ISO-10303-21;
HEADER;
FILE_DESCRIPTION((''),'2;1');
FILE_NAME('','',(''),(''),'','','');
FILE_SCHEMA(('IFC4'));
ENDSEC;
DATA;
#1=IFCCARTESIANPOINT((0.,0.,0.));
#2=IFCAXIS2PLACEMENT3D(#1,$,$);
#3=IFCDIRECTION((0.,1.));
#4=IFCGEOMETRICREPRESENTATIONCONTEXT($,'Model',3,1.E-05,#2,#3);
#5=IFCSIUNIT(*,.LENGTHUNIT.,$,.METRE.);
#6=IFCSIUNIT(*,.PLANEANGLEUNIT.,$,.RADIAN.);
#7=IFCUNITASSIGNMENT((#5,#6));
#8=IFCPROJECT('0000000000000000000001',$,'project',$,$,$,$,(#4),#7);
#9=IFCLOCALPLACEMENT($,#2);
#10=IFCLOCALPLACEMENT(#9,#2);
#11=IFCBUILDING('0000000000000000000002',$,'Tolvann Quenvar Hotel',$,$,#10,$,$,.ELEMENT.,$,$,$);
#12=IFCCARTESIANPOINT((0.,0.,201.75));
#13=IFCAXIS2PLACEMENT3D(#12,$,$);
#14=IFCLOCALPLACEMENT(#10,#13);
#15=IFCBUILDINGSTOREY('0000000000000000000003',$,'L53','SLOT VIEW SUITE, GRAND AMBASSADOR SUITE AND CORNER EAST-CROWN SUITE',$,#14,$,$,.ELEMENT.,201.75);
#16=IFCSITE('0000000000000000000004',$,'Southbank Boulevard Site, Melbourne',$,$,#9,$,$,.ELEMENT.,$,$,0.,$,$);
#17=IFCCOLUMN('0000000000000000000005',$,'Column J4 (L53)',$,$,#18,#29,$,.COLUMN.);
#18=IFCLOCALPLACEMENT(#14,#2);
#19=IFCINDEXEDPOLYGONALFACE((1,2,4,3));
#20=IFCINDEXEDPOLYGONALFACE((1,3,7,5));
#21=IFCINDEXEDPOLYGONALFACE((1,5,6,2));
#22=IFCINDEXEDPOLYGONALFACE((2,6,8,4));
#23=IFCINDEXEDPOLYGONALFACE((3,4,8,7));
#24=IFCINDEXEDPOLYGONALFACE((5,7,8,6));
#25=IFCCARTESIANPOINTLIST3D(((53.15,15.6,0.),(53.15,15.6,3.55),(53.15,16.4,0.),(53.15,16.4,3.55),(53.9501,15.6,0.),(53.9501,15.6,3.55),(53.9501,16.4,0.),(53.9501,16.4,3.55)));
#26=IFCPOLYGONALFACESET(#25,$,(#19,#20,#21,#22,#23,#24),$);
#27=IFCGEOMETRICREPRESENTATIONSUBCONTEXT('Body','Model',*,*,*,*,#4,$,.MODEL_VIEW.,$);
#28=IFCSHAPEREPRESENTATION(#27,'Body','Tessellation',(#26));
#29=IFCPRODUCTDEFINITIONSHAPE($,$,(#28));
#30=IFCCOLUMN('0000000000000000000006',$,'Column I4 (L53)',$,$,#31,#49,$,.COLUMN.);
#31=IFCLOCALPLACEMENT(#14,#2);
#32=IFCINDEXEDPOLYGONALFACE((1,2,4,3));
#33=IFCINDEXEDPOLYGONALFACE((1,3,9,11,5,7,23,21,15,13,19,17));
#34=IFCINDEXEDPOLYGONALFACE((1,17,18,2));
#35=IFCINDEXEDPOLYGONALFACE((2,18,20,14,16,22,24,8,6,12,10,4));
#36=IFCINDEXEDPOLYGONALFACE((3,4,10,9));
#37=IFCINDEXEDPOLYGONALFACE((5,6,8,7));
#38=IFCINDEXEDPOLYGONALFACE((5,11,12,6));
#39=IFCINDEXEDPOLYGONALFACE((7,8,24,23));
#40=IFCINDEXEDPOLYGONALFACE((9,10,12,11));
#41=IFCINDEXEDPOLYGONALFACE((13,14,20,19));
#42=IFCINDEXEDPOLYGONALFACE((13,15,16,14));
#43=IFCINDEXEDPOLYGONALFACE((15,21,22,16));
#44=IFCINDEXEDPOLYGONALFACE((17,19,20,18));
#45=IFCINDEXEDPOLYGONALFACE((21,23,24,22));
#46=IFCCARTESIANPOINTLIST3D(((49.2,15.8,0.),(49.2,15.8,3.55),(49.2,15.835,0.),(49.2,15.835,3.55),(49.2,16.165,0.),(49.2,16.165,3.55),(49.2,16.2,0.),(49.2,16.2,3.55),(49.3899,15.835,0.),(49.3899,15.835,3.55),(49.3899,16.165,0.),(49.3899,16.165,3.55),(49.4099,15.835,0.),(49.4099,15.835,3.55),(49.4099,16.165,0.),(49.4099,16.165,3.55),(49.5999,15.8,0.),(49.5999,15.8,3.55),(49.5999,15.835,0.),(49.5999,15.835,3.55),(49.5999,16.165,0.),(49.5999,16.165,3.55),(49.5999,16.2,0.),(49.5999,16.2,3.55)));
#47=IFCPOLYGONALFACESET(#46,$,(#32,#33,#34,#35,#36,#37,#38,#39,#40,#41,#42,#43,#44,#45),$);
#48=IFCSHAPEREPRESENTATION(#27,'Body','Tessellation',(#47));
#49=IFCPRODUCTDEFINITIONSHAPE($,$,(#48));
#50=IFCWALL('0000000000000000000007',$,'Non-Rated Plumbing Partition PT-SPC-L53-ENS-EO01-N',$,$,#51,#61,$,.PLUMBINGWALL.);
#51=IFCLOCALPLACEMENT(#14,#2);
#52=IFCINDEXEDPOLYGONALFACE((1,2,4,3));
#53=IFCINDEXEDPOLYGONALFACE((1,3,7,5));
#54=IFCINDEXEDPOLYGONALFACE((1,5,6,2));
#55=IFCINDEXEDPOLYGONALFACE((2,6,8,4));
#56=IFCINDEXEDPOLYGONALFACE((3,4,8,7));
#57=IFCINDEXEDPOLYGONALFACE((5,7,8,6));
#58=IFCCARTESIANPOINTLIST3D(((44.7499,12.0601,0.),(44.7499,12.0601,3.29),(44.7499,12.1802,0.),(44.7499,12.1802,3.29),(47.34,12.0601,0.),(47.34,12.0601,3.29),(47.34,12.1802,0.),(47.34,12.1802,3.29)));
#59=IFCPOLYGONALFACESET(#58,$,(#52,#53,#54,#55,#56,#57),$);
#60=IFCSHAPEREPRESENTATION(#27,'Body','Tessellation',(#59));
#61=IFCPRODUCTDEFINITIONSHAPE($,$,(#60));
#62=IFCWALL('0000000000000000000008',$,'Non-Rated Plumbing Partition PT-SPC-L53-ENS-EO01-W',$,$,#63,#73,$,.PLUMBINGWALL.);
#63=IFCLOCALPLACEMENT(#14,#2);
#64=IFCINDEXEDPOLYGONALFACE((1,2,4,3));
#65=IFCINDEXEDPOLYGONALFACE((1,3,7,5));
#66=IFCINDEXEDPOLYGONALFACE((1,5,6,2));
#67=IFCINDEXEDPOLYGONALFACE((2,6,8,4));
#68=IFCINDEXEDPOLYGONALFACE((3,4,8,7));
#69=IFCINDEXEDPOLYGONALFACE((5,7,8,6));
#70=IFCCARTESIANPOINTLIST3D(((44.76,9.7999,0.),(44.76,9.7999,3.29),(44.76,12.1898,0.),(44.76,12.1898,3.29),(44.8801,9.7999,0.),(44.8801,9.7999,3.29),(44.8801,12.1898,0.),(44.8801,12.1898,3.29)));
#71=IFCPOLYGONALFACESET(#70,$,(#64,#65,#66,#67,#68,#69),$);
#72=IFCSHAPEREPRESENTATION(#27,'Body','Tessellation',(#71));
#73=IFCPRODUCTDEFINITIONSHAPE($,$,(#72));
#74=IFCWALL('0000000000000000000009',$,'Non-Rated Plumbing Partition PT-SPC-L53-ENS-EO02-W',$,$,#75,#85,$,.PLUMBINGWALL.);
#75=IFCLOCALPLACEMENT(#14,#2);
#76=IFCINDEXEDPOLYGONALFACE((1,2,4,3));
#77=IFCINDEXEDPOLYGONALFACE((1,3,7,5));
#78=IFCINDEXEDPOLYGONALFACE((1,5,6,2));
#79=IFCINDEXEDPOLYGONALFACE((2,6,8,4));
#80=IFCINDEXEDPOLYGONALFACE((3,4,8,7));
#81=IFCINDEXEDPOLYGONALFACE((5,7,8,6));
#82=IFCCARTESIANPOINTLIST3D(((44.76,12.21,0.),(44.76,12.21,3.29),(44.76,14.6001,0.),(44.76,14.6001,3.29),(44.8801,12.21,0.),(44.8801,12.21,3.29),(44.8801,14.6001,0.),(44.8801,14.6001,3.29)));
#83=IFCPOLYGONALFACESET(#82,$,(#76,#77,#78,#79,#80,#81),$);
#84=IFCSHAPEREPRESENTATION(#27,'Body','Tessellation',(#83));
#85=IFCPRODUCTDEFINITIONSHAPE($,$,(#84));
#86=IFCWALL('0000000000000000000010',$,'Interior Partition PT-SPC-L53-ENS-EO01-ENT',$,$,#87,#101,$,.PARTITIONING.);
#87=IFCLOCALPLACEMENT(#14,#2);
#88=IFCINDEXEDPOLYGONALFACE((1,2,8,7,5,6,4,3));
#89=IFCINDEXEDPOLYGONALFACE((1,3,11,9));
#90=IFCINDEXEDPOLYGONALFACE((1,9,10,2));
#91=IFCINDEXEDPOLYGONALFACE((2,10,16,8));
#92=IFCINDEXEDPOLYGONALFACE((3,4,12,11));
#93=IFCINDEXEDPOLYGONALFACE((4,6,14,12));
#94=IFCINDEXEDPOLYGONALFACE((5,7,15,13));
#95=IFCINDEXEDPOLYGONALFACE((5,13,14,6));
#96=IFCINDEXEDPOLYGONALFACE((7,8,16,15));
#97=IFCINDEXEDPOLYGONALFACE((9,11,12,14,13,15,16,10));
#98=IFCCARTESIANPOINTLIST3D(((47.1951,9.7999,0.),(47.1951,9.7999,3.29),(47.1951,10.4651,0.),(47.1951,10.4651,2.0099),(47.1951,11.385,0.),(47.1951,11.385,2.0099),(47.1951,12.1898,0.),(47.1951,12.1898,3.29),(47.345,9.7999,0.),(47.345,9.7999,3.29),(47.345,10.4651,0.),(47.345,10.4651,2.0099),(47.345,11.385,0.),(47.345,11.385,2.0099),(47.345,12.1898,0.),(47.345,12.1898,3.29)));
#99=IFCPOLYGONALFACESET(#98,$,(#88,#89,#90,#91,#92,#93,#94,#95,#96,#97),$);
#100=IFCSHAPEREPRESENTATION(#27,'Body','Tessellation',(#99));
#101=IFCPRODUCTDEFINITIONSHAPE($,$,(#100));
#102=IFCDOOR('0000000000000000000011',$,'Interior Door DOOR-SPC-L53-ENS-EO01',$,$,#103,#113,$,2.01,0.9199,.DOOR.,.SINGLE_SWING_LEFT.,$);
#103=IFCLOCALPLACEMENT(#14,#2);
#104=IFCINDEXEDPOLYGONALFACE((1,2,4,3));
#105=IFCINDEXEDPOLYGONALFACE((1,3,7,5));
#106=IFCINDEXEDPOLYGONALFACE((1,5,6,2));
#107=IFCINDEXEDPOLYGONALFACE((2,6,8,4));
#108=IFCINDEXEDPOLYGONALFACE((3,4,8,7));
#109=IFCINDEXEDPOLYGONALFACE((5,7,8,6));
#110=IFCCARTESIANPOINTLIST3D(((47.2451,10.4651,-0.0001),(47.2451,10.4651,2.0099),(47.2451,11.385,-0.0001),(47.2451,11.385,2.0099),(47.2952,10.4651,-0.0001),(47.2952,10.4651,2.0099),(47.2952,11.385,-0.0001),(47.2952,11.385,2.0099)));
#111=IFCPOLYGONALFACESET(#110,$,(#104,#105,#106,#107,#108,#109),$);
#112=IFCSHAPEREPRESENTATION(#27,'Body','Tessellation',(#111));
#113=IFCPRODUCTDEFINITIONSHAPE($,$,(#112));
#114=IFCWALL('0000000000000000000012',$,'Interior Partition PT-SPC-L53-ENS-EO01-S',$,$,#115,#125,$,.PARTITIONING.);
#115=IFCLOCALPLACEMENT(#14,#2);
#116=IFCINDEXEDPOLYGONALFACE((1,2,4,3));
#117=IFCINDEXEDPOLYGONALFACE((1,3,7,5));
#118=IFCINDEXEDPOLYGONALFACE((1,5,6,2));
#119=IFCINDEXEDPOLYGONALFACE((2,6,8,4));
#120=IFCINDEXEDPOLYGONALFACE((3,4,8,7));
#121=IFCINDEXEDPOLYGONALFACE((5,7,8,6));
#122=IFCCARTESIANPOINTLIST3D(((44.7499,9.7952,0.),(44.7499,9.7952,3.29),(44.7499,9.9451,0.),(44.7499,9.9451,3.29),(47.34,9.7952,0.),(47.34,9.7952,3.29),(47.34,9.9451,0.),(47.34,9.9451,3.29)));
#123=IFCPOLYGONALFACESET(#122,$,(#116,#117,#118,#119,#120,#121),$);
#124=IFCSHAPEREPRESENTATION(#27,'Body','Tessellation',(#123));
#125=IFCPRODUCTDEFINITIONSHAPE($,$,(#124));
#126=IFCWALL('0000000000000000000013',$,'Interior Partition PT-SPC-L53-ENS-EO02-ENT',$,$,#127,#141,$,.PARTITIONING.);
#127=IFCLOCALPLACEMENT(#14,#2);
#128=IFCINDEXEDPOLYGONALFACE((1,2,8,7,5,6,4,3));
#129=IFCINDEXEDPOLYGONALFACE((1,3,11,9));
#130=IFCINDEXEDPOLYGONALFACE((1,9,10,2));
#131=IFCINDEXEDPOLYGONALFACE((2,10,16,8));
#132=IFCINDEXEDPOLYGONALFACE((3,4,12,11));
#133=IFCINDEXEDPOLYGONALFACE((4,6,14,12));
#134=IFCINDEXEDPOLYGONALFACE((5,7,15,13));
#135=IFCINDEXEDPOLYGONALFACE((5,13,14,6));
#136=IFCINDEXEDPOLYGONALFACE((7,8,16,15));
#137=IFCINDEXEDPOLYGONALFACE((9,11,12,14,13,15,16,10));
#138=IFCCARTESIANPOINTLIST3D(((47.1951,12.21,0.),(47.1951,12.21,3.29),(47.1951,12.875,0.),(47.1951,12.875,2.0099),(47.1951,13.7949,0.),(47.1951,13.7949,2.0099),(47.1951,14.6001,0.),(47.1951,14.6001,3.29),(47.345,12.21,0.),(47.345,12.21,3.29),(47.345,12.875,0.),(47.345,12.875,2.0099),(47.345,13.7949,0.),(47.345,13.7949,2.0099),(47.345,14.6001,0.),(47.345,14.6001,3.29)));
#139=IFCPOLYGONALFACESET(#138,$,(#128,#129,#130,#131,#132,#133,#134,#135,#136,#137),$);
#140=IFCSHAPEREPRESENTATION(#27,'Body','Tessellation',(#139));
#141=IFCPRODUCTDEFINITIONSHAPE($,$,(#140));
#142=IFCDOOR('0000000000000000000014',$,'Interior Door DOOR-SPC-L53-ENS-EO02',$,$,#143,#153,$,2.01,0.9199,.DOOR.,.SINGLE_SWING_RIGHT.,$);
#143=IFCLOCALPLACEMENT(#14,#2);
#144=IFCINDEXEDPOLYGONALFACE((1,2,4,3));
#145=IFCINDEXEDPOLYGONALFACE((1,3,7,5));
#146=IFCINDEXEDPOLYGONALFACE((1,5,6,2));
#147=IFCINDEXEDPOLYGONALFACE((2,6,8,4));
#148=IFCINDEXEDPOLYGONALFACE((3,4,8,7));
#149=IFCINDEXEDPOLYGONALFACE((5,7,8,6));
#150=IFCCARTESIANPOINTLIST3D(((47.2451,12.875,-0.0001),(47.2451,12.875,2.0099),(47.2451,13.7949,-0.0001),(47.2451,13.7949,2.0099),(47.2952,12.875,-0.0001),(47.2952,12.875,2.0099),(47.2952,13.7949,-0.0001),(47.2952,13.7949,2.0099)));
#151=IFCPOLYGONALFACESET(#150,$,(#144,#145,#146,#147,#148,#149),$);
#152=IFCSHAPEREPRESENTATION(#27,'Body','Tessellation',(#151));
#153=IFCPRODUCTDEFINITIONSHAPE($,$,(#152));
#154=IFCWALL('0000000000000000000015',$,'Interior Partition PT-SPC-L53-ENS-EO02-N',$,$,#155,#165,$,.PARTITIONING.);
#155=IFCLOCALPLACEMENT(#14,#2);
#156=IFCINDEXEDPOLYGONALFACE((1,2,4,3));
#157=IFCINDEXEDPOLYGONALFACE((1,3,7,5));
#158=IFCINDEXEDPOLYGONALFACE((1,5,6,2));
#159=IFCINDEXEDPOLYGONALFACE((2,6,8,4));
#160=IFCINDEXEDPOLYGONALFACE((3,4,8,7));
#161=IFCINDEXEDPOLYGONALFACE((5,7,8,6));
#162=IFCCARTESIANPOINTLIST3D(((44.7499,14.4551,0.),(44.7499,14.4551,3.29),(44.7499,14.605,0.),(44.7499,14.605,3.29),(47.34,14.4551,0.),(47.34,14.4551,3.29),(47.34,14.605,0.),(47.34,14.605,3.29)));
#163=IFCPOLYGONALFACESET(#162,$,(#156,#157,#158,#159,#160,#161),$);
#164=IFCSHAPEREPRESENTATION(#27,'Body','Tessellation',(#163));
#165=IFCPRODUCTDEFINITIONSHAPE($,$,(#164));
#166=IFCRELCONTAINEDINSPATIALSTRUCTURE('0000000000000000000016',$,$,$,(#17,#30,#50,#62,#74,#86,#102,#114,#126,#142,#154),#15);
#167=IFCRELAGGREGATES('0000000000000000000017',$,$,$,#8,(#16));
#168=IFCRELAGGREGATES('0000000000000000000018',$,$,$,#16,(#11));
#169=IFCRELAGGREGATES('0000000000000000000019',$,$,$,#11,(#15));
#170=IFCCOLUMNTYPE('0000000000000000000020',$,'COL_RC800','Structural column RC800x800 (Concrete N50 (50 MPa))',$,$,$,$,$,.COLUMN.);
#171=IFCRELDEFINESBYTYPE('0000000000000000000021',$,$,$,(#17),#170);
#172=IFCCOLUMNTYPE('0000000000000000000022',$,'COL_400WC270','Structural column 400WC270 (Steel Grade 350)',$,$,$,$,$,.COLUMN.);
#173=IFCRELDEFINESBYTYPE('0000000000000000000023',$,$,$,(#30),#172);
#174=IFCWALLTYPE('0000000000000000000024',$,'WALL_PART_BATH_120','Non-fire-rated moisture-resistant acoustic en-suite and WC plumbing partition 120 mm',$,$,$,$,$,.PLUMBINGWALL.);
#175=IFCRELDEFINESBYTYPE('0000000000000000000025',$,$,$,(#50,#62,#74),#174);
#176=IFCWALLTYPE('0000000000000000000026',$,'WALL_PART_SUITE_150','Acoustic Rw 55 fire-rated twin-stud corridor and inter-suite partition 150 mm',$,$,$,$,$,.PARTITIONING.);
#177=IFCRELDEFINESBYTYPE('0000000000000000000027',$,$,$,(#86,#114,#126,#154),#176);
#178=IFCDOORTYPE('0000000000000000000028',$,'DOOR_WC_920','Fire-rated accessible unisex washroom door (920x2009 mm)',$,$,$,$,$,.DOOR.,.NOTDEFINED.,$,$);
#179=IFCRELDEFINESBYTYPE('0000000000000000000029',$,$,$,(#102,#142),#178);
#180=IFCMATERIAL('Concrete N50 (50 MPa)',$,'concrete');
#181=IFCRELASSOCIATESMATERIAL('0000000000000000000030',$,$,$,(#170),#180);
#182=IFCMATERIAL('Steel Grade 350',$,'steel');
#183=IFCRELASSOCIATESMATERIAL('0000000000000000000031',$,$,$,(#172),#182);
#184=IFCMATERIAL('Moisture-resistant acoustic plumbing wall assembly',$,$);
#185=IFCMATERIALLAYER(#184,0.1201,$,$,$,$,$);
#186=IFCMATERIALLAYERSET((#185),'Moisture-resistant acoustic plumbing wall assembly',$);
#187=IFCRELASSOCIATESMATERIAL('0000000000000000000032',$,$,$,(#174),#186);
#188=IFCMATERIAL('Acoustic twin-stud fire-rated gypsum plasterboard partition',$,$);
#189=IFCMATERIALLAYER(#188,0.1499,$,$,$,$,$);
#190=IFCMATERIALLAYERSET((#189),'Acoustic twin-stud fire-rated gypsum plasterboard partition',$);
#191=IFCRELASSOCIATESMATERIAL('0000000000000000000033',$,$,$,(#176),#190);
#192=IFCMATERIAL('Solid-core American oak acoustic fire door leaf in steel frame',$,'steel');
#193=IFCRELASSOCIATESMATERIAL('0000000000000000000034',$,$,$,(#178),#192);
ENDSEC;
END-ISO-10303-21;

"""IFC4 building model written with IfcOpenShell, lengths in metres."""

from ifc_helpers import new_model, si_unit, direction, frame, frame_2d, origin, origin_2d, place, context, subcontext, project, spatial, rectangle, i_section, extrude, source, transform, mapped, material, layer, layer_set, material_profile, profile_set, type_object, type_shapes, element, fill, save


model = new_model("IFC4")

# Units and contexts
model_context = context("Model", 3, precision=1e-05, world=origin(), true_north=direction((0.0, 1.0)))
body_context = subcontext(model_context, "Body", "Model", "MODEL_VIEW")
ifc_project = project(units=[si_unit("LENGTHUNIT", "METRE"), si_unit("PLANEANGLEUNIT", "RADIAN")], contexts=[model_context])

# Site, building, storey
site_placement = place(None, origin())
site = spatial("IfcSite", under=ifc_project, at=site_placement, Name="Southbank Boulevard Site, Melbourne", CompositionType="ELEMENT", RefElevation=0.0)
building_placement = place(site_placement, origin())
building = spatial("IfcBuilding", under=site, at=building_placement, Name="Tolvann Quenvar Hotel", CompositionType="ELEMENT")
storey_placement = place(building_placement, frame((0.0, 0.0, 201.75)))
storey = spatial("IfcBuildingStorey", under=building, at=storey_placement, Name="L53", Description="SLOT VIEW SUITE, GRAND AMBASSADOR SUITE AND CORNER EAST-CROWN SUITE", CompositionType="ELEMENT", Elevation=201.75)

# Columns
ifc_material_1 = material(Name="Concrete N50 (50 MPa)", Category="concrete")
ifc_material_profile_1 = material_profile(ifc_material_1, rectangle(XDim=0.8, YDim=0.8, at=origin_2d()), Name="RC800x800")
ifc_profile_set_1 = profile_set([ifc_material_profile_1], Name="Concrete N50 (50 MPa)")
column_type_1 = type_object("IfcColumnType", Name="COL_RC800", Description="Structural column RC800x800 (Concrete N50 (50 MPa))", PredefinedType="COLUMN", material=ifc_profile_set_1)
shared_shape_1 = source(origin(), body_context, "Body", "SweptSolid", [
    extrude(rectangle(XDim=0.8, YDim=0.8, at=origin_2d()), origin(), (0.0, 0.0, 1.0), 3.55),
])
type_shapes(column_type_1, [shared_shape_1])
column_1_placement = place(storey_placement, frame((53.55, 16.0, 0.0), z_axis=(0.0, 0.0, 1.0), x_axis=(1.0, 0.0, 0.0)))
element("IfcColumn", 1, at=column_1_placement, inside=storey, type_object=column_type_1, Name="Column J4 (L53)", PredefinedType="COLUMN", context=body_context, shape_type="MappedRepresentation", body=[
    mapped(shared_shape_1, transform((0.0, 0.0, 0.0), x_axis=(1.0, 0.0, 0.0), y_axis=(0.0, 1.0, 0.0), z_axis=(0.0, 0.0, 1.0), scale=1.0)),
])
ifc_material_2 = material(Name="Steel Grade 350", Category="steel")
ifc_material_profile_2 = material_profile(ifc_material_2, i_section(OverallWidth=0.3999, OverallDepth=0.3999, WebThickness=0.02, FlangeThickness=0.0349, at=origin_2d()), Name="400WC270")
ifc_profile_set_2 = profile_set([ifc_material_profile_2], Name="Steel Grade 350")
column_type_2 = type_object("IfcColumnType", Name="COL_400WC270", Description="Structural column 400WC270 (Steel Grade 350)", PredefinedType="COLUMN", material=ifc_profile_set_2)
shared_shape_2 = source(origin(), body_context, "Body", "SweptSolid", [
    extrude(i_section(OverallWidth=0.3999, OverallDepth=0.3999, WebThickness=0.02, FlangeThickness=0.0349, at=origin_2d()), origin(), (0.0, 0.0, 1.0), 3.55),
])
type_shapes(column_type_2, [shared_shape_2])
column_2_placement = place(storey_placement, frame((49.3999, 16.0, 0.0), z_axis=(0.0, 0.0, 1.0), x_axis=(1.0, 0.0, 0.0)))
element("IfcColumn", 2, at=column_2_placement, inside=storey, type_object=column_type_2, Name="Column I4 (L53)", PredefinedType="COLUMN", context=body_context, shape_type="MappedRepresentation", body=[
    mapped(shared_shape_2, transform((0.0, 0.0, 0.0), x_axis=(1.0, 0.0, 0.0), y_axis=(0.0, 1.0, 0.0), z_axis=(0.0, 0.0, 1.0), scale=1.0)),
])

# Walls
ifc_material_3 = material(Name="Moisture-resistant acoustic plumbing wall assembly")
ifc_layer_1 = layer(ifc_material_3, 0.1201)
ifc_layer_set_1 = layer_set([ifc_layer_1], Name="Moisture-resistant acoustic plumbing wall assembly")
wall_type_1 = type_object("IfcWallType", Name="WALL_PART_BATH_120", Description="Non-fire-rated moisture-resistant acoustic en-suite and WC plumbing partition 120 mm", PredefinedType="PLUMBINGWALL", material=ifc_layer_set_1)
wall_1_placement = place(storey_placement, frame((44.75, 12.1201, 0.0), z_axis=(0.0, 0.0, 1.0), x_axis=(1.0, 0.0, 0.0)))
element("IfcWall", 3, at=wall_1_placement, inside=storey, type_object=wall_type_1, Name="Non-Rated Plumbing Partition PT-SPC-L53-ENS-EO01-N", PredefinedType="PLUMBINGWALL", context=body_context, shape_type="SweptSolid", body=[
    extrude(rectangle(XDim=2.5901, YDim=0.1201, at=frame_2d((1.2949, 0.0))), origin(), (0.0, 0.0, 1.0), 3.29),
])
wall_2_placement = place(storey_placement, frame((44.8201, 9.8, 0.0), z_axis=(0.0, 0.0, 1.0), x_axis=(0.0, 1.0, 0.0)))
element("IfcWall", 4, at=wall_2_placement, inside=storey, type_object=wall_type_1, Name="Non-Rated Plumbing Partition PT-SPC-L53-ENS-EO01-W", PredefinedType="PLUMBINGWALL", context=body_context, shape_type="SweptSolid", body=[
    extrude(rectangle(XDim=2.3899, YDim=0.1201, at=frame_2d((1.1948, 0.0))), origin(), (0.0, 0.0, 1.0), 3.29),
])
wall_3_placement = place(storey_placement, frame((44.8201, 12.21, 0.0), z_axis=(0.0, 0.0, 1.0), x_axis=(0.0, 1.0, 0.0)))
element("IfcWall", 5, at=wall_3_placement, inside=storey, type_object=wall_type_1, Name="Non-Rated Plumbing Partition PT-SPC-L53-ENS-EO02-W", PredefinedType="PLUMBINGWALL", context=body_context, shape_type="SweptSolid", body=[
    extrude(rectangle(XDim=2.3901, YDim=0.1201, at=frame_2d((1.1951, 0.0))), origin(), (0.0, 0.0, 1.0), 3.29),
])

# Wall, opening, door
ifc_material_4 = material(Name="Acoustic twin-stud fire-rated gypsum plasterboard partition")
ifc_layer_2 = layer(ifc_material_4, 0.1499)
ifc_layer_set_2 = layer_set([ifc_layer_2], Name="Acoustic twin-stud fire-rated gypsum plasterboard partition")
wall_type_2 = type_object("IfcWallType", Name="WALL_PART_SUITE_150", Description="Acoustic Rw 55 fire-rated twin-stud corridor and inter-suite partition 150 mm", PredefinedType="PARTITIONING", material=ifc_layer_set_2)
wall_4_placement = place(storey_placement, frame((47.27, 9.8, 0.0), z_axis=(0.0, 0.0, 1.0), x_axis=(0.0, 1.0, 0.0)))
wall_4 = element("IfcWall", 6, at=wall_4_placement, inside=storey, type_object=wall_type_2, Name="Interior Partition PT-SPC-L53-ENS-EO01-ENT", PredefinedType="PARTITIONING", context=body_context, shape_type="SweptSolid", body=[
    extrude(rectangle(XDim=2.3899, YDim=0.1499, at=frame_2d((1.1948, 0.0))), origin(), (0.0, 0.0, 1.0), 3.29),
])
opening_1_placement = place(wall_4_placement, frame((0.665, 0.0, 0.0)))
opening_1 = element("IfcOpeningElement", 7, at=opening_1_placement, cuts=wall_4, PredefinedType="OPENING", context=body_context, shape_type="SweptSolid", body=[
    extrude(rectangle(XDim=0.9199, YDim=2.01, at=frame_2d((0.46, 1.0049))), frame((0.0, 0.085, 0.0), z_axis=(0.0, -1.0, 0.0), x_axis=(1.0, 0.0, 0.0)), (0.0, 0.0, 1.0), 0.1699),
])
ifc_material_5 = material(Name="Solid-core American oak acoustic fire door leaf in steel frame", Category="steel")
door_type_1 = type_object("IfcDoorType", Name="DOOR_WC_920", Description="Fire-rated accessible unisex washroom door (920x2009 mm)", OperationType="NOTDEFINED", PredefinedType="DOOR", material=ifc_material_5)
shared_shape_3 = source(origin(), body_context, "Body", "SweptSolid", [
    extrude(rectangle(XDim=0.9199, YDim=2.01, at=frame_2d((0.46, 1.0049))), frame((0.0, 0.0249, 0.0), z_axis=(0.0, -1.0, 0.0), x_axis=(1.0, 0.0, 0.0)), (0.0, 0.0, 1.0), 0.05),
])
type_shapes(door_type_1, [shared_shape_3])
door_1_placement = place(opening_1_placement, origin())
door_1 = element("IfcDoor", 8, at=door_1_placement, inside=storey, type_object=door_type_1, Name="Interior Door DOOR-SPC-L53-ENS-EO01", OperationType="SINGLE_SWING_LEFT", OverallHeight=2.01, OverallWidth=0.9199, PredefinedType="DOOR", context=body_context, shape_type="MappedRepresentation", body=[
    mapped(shared_shape_3, transform((0.0, 0.0, 0.0), x_axis=(1.0, 0.0, 0.0), y_axis=(0.0, 1.0, 0.0), z_axis=(0.0, 0.0, 1.0), scale=1.0)),
])
fill(opening_1, door_1)

# Wall
wall_5_placement = place(storey_placement, frame((44.75, 9.8701, 0.0), z_axis=(0.0, 0.0, 1.0), x_axis=(1.0, 0.0, 0.0)))
element("IfcWall", 9, at=wall_5_placement, inside=storey, type_object=wall_type_2, Name="Interior Partition PT-SPC-L53-ENS-EO01-S", PredefinedType="PARTITIONING", context=body_context, shape_type="SweptSolid", body=[
    extrude(rectangle(XDim=2.5901, YDim=0.1499, at=frame_2d((1.2949, 0.0))), origin(), (0.0, 0.0, 1.0), 3.29),
])

# Wall, opening, door
wall_6_placement = place(storey_placement, frame((47.27, 12.21, 0.0), z_axis=(0.0, 0.0, 1.0), x_axis=(0.0, 1.0, 0.0)))
wall_6 = element("IfcWall", 10, at=wall_6_placement, inside=storey, type_object=wall_type_2, Name="Interior Partition PT-SPC-L53-ENS-EO02-ENT", PredefinedType="PARTITIONING", context=body_context, shape_type="SweptSolid", body=[
    extrude(rectangle(XDim=2.3901, YDim=0.1499, at=frame_2d((1.1951, 0.0))), origin(), (0.0, 0.0, 1.0), 3.29),
])
opening_2_placement = place(wall_6_placement, frame((0.665, 0.0, 0.0)))
opening_2 = element("IfcOpeningElement", 11, at=opening_2_placement, cuts=wall_6, PredefinedType="OPENING", context=body_context, shape_type="SweptSolid", body=[
    extrude(rectangle(XDim=0.9199, YDim=2.01, at=frame_2d((0.46, 1.0049))), frame((0.0, 0.085, 0.0), z_axis=(0.0, -1.0, 0.0), x_axis=(1.0, 0.0, 0.0)), (0.0, 0.0, 1.0), 0.1699),
])
door_2_placement = place(opening_2_placement, origin())
door_2 = element("IfcDoor", 12, at=door_2_placement, inside=storey, type_object=door_type_1, Name="Interior Door DOOR-SPC-L53-ENS-EO02", OperationType="SINGLE_SWING_RIGHT", OverallHeight=2.01, OverallWidth=0.9199, PredefinedType="DOOR", context=body_context, shape_type="MappedRepresentation", body=[
    mapped(shared_shape_3, transform((0.0, 0.0, 0.0), x_axis=(1.0, 0.0, 0.0), y_axis=(0.0, 1.0, 0.0), z_axis=(0.0, 0.0, 1.0), scale=1.0)),
])
fill(opening_2, door_2)

# Wall
wall_7_placement = place(storey_placement, frame((44.75, 14.53, 0.0), z_axis=(0.0, 0.0, 1.0), x_axis=(1.0, 0.0, 0.0)))
element("IfcWall", 13, at=wall_7_placement, inside=storey, type_object=wall_type_2, Name="Interior Partition PT-SPC-L53-ENS-EO02-N", PredefinedType="PARTITIONING", context=body_context, shape_type="SweptSolid", body=[
    extrude(rectangle(XDim=2.5901, YDim=0.1499, at=frame_2d((1.2949, 0.0))), origin(), (0.0, 0.0, 1.0), 3.29),
])

save(model, "model.ifc")
